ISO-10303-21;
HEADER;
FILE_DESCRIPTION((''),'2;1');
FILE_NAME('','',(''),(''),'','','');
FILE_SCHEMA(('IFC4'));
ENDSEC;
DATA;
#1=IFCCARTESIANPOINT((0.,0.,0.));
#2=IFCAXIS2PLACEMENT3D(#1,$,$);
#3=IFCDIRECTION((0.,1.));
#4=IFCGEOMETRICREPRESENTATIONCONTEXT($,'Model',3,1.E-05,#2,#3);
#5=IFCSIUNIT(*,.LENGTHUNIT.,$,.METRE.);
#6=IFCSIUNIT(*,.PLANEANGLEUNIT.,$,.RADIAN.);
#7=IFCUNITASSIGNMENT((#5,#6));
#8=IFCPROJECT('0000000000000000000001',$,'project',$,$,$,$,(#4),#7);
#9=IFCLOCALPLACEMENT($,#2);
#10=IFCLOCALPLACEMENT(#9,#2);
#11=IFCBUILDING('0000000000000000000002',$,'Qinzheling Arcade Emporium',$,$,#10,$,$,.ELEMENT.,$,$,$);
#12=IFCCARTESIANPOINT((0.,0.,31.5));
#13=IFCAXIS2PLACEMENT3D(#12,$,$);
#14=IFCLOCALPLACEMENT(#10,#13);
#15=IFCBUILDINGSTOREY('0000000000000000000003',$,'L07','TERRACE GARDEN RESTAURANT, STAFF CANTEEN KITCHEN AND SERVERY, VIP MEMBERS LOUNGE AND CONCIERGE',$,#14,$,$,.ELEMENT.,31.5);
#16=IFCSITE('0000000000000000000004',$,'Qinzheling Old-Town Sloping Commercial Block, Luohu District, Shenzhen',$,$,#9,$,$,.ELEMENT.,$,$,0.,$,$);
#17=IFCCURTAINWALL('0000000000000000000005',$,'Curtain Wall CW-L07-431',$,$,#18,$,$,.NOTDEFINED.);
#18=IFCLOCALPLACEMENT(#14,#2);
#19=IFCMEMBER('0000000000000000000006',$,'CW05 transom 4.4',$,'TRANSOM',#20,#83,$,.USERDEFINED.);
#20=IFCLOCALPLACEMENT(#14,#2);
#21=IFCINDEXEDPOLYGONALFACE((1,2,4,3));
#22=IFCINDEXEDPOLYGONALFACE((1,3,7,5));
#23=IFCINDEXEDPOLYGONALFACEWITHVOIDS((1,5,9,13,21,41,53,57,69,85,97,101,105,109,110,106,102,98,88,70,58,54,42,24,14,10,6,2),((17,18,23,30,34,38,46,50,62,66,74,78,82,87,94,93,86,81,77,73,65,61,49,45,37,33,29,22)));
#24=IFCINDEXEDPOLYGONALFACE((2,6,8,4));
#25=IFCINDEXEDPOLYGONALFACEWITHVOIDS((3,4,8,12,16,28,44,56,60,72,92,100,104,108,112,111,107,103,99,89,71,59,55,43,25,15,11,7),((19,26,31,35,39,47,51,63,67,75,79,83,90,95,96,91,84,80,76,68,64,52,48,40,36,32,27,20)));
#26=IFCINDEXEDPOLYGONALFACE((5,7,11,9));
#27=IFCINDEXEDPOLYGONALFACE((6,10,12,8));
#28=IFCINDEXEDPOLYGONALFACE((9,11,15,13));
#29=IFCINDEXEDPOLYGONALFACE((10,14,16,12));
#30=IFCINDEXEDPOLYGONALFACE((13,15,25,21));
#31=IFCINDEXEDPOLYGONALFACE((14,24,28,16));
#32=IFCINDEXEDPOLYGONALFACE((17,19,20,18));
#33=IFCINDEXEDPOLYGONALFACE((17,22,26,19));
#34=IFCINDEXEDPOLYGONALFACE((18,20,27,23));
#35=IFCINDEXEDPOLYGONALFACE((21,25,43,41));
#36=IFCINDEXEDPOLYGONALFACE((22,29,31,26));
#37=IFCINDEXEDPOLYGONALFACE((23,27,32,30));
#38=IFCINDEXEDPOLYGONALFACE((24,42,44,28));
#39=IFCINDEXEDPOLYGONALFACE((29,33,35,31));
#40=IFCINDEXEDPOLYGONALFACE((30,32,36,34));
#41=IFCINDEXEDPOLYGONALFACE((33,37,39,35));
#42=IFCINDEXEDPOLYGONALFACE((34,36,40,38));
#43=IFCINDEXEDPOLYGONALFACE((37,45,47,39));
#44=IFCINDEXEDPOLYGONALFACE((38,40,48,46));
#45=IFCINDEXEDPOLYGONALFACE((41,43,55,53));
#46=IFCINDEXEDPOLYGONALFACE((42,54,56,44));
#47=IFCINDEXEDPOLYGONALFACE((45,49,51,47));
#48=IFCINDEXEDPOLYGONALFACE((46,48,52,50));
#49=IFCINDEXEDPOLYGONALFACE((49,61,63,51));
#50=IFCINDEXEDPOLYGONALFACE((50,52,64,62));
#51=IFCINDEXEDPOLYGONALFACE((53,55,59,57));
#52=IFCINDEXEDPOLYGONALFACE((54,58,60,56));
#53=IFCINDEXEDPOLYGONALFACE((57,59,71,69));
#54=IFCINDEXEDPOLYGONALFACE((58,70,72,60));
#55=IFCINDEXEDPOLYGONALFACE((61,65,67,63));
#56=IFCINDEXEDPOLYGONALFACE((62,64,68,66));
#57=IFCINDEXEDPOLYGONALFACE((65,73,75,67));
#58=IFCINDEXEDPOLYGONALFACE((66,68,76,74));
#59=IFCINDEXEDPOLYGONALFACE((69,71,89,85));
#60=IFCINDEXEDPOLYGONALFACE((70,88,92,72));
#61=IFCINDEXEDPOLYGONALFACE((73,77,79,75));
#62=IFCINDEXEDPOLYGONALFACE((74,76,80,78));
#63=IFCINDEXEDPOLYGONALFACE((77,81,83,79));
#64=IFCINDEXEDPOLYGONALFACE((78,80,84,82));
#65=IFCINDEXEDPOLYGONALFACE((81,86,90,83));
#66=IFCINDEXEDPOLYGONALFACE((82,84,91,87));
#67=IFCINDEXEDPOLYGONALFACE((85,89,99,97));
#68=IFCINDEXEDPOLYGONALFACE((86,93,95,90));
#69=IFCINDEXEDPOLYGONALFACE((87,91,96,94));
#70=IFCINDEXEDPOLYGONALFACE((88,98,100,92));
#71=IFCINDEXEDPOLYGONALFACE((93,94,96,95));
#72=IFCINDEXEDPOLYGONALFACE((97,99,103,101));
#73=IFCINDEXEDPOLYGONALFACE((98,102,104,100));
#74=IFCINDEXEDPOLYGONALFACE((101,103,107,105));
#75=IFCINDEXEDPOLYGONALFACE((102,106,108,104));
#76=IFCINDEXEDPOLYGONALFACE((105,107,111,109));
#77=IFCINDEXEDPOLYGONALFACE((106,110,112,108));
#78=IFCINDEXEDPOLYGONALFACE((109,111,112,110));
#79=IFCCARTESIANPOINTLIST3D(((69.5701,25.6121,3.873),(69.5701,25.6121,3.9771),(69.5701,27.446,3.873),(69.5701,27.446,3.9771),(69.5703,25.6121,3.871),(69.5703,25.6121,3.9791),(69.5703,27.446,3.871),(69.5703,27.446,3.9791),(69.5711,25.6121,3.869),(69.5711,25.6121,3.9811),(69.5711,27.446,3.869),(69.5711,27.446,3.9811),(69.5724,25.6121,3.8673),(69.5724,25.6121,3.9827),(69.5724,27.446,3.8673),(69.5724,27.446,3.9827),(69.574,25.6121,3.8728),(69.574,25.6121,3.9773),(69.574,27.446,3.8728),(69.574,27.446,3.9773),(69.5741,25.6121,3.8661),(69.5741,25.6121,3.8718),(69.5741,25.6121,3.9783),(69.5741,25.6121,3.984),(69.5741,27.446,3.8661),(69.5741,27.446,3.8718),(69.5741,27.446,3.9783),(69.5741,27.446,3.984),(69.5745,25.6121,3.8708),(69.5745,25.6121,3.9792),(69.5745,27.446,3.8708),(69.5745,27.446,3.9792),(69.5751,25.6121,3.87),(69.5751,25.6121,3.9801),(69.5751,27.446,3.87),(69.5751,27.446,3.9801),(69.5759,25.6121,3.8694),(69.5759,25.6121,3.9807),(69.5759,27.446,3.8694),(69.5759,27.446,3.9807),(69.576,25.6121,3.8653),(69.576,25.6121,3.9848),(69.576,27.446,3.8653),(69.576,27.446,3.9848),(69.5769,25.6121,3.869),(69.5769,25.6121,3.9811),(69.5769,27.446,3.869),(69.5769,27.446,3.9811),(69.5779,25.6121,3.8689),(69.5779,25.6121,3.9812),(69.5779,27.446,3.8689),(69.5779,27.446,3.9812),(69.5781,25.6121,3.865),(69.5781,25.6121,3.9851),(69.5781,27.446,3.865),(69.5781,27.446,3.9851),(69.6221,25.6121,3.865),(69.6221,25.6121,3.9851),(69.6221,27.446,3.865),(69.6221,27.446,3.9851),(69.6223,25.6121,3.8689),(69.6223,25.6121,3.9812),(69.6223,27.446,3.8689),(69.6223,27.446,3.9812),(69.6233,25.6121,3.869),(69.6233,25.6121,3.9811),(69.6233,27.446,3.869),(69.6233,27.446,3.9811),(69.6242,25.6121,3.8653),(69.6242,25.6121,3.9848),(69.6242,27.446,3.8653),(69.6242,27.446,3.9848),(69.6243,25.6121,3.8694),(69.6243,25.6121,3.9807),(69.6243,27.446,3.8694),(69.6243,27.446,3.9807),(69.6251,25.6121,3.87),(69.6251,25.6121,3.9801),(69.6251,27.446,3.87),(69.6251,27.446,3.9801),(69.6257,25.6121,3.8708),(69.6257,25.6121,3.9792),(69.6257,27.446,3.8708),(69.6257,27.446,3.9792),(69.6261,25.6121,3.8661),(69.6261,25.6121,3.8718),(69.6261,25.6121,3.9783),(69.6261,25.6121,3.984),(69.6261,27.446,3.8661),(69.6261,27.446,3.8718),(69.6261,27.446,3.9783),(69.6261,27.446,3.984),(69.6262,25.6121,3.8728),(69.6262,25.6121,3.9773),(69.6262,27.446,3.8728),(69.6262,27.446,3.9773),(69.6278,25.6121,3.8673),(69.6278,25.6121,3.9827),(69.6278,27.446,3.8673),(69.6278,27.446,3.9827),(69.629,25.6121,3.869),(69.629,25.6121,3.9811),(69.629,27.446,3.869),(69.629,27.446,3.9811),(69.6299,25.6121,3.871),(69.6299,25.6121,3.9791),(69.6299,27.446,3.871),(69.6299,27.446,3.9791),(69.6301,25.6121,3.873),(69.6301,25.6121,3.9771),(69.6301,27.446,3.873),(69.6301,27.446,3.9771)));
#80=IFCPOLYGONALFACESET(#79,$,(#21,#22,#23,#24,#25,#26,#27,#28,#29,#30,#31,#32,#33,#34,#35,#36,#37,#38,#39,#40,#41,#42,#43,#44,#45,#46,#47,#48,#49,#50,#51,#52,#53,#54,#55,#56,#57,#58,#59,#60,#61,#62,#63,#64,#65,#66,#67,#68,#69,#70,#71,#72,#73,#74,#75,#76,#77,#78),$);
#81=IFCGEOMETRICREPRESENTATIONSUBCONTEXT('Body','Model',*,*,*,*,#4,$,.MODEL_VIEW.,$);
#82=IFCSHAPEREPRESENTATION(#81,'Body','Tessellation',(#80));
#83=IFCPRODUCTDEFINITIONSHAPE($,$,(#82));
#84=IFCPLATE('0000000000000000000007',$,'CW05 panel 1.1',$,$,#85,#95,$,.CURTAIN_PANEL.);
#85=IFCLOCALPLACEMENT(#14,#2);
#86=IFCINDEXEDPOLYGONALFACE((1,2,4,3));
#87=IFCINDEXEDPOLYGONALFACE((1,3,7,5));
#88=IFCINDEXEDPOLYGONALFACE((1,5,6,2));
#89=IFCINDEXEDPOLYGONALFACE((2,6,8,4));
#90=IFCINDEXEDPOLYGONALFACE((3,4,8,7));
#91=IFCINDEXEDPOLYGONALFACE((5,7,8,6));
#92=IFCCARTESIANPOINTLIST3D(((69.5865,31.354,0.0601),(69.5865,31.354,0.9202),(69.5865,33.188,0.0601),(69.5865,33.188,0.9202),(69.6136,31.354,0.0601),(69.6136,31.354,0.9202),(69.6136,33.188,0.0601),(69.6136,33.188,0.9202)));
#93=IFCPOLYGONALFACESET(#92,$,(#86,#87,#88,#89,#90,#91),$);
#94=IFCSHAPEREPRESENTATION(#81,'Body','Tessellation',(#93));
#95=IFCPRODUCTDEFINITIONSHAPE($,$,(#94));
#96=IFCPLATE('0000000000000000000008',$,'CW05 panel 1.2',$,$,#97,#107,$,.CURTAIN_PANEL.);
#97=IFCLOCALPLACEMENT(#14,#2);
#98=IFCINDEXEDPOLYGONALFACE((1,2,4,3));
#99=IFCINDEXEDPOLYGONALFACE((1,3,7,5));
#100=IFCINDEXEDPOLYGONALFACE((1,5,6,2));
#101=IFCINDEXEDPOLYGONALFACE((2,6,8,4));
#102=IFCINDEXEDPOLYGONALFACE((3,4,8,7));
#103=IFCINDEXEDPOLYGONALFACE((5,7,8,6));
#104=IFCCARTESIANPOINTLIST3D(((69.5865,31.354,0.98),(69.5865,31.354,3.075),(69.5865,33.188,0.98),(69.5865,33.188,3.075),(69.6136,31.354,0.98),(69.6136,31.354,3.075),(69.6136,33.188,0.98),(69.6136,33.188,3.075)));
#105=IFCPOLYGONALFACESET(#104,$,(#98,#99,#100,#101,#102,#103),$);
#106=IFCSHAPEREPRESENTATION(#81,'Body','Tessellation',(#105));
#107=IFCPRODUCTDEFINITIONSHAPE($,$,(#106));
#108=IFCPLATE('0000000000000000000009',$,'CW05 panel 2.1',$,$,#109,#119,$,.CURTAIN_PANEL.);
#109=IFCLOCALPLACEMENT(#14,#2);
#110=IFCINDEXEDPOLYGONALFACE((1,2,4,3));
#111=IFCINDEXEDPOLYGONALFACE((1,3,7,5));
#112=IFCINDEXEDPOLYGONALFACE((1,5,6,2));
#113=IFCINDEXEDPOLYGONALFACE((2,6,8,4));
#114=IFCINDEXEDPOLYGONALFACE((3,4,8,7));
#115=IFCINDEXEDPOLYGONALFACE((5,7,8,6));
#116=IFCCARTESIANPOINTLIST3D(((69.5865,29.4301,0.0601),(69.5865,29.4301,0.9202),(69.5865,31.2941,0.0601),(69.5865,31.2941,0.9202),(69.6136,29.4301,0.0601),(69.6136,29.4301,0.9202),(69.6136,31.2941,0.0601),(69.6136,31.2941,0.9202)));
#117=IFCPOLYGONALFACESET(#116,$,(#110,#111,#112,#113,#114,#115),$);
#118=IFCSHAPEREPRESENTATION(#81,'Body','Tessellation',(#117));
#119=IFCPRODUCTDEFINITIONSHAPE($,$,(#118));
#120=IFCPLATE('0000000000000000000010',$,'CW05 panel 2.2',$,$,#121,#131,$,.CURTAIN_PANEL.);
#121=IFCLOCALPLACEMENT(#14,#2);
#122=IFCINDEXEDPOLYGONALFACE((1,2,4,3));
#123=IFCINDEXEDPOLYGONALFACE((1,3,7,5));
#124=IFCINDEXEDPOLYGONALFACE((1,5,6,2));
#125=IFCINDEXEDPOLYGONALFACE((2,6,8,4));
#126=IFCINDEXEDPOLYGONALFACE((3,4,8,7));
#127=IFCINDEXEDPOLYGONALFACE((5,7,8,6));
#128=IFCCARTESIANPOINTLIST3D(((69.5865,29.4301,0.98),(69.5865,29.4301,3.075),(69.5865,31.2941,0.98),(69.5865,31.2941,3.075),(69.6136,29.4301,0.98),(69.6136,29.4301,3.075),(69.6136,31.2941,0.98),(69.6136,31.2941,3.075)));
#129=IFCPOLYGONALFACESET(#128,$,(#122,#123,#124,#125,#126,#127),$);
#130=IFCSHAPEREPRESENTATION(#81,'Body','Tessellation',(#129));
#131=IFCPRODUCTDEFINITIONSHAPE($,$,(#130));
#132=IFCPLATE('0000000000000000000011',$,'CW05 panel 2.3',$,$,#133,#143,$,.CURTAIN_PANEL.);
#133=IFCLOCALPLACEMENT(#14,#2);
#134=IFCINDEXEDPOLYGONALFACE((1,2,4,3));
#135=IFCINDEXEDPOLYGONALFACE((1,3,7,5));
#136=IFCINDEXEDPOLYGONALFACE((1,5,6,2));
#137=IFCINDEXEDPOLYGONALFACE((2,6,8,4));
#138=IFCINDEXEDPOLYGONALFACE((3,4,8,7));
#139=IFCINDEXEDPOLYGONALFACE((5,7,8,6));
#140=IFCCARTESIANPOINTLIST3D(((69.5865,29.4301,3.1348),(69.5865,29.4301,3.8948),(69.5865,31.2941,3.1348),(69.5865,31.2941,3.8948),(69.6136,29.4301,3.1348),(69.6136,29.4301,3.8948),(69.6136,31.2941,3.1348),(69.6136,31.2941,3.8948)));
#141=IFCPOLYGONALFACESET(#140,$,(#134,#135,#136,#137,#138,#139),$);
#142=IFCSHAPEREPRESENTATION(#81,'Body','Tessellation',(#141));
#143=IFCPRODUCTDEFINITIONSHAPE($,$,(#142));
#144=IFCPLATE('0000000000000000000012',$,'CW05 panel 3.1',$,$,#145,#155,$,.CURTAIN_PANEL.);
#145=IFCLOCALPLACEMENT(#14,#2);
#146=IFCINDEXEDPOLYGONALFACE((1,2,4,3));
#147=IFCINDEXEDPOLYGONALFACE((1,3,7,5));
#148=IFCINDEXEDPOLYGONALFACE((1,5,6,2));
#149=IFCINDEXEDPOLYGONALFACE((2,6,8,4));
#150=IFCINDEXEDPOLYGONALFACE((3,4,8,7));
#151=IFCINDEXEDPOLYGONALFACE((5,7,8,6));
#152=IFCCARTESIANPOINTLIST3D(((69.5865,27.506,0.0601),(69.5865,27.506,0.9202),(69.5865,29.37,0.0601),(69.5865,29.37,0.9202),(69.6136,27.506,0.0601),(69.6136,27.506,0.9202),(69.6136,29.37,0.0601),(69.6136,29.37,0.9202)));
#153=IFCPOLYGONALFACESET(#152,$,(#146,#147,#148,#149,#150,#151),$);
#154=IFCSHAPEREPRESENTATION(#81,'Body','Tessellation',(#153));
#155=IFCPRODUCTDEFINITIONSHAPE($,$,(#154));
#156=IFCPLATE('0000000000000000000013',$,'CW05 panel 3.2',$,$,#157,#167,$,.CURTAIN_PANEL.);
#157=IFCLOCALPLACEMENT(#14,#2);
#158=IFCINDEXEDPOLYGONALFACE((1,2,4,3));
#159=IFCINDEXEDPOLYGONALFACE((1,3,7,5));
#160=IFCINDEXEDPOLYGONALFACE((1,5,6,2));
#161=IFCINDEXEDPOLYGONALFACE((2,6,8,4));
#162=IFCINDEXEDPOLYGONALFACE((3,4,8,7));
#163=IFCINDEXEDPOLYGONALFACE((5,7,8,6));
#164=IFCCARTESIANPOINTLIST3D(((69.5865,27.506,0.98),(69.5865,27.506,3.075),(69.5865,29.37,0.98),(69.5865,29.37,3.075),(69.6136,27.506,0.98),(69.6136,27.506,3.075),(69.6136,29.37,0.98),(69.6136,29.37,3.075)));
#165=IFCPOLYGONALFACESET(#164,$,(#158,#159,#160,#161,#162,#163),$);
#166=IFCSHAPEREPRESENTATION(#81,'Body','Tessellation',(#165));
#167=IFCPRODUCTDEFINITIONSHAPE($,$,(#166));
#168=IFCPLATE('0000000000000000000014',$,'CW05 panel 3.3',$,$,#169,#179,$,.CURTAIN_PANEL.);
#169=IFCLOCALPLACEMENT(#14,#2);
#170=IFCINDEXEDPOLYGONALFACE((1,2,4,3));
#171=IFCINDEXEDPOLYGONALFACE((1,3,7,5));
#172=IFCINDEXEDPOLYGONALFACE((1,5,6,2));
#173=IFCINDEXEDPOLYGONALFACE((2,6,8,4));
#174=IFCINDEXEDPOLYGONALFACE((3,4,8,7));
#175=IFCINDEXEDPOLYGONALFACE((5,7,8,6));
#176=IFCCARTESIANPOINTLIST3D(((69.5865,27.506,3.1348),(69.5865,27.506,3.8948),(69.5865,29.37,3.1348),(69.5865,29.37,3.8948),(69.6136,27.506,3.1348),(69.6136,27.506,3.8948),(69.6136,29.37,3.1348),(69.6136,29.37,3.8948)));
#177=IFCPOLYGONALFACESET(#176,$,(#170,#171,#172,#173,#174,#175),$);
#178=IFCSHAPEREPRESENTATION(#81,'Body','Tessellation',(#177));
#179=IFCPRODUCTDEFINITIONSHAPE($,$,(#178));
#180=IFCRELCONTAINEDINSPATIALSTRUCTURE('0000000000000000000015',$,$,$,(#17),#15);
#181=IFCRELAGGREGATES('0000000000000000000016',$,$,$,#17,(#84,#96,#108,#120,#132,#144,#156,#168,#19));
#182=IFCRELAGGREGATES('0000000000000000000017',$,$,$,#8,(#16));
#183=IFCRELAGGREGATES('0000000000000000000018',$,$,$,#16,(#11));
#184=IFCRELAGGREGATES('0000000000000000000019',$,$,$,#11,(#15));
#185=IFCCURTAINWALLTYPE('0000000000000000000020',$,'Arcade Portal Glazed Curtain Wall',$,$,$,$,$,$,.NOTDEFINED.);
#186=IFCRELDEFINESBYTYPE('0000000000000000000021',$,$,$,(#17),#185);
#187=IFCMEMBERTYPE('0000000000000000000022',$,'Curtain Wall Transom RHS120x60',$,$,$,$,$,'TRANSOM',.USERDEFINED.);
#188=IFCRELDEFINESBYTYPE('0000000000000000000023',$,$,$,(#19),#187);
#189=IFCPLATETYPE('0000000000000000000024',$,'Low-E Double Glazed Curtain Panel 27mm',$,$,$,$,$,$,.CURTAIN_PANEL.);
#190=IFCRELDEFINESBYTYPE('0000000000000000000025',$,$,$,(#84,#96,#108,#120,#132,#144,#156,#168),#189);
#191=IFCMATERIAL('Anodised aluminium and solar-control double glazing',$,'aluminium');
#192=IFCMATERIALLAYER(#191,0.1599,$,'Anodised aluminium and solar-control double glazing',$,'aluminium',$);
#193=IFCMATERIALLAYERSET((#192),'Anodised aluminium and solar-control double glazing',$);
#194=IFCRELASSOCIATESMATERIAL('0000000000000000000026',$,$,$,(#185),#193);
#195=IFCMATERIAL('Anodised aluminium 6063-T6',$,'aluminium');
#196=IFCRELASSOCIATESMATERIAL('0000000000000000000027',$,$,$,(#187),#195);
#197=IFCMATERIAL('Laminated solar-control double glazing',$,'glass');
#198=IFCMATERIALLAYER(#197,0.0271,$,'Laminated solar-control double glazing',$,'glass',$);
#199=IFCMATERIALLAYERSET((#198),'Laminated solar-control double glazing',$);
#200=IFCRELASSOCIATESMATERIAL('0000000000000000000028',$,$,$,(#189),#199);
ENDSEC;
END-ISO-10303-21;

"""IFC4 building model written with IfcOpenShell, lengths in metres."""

from ifc_helpers import new_model, si_unit, direction, frame, origin, origin_2d, place, context, subcontext, project, spatial, rectangle, hollow_rectangle, extrude, material, layer, layer_set, material_profile, profile_set, type_object, element, aggregate, save


model = new_model("IFC4")

# Units and contexts
model_context = context("Model", 3, precision=1e-05, world=origin(), true_north=direction((0.0, 1.0)))
body_context = subcontext(model_context, "Body", "Model", "MODEL_VIEW")
ifc_project = project(units=[si_unit("LENGTHUNIT", "METRE"), si_unit("PLANEANGLEUNIT", "RADIAN")], contexts=[model_context])

# Site, building, storey
site_placement = place(None, origin())
site = spatial("IfcSite", under=ifc_project, at=site_placement, Name="Qinzheling Old-Town Sloping Commercial Block, Luohu District, Shenzhen", CompositionType="ELEMENT", RefElevation=0.0)
building_placement = place(site_placement, origin())
building = spatial("IfcBuilding", under=site, at=building_placement, Name="Qinzheling Arcade Emporium", CompositionType="ELEMENT")
storey_placement = place(building_placement, frame((0.0, 0.0, 31.5)))
storey = spatial("IfcBuildingStorey", under=building, at=storey_placement, Name="L07", Description="TERRACE GARDEN RESTAURANT, STAFF CANTEEN KITCHEN AND SERVERY, VIP MEMBERS LOUNGE AND CONCIERGE", CompositionType="ELEMENT", Elevation=31.5)

# Curtain wall, member, plates
ifc_material_1 = material(Name="Anodised aluminium and solar-control double glazing", Category="aluminium")
ifc_layer_1 = layer(ifc_material_1, 0.1599, Name="Anodised aluminium and solar-control double glazing", Category="aluminium")
ifc_layer_set_1 = layer_set([ifc_layer_1], Name="Anodised aluminium and solar-control double glazing")
curtain_wall_type = type_object("IfcCurtainWallType", Name="Arcade Portal Glazed Curtain Wall", PredefinedType="NOTDEFINED", material=ifc_layer_set_1)
curtain_wall_placement = place(storey_placement, origin())
curtain_wall = element("IfcCurtainWall", 1, at=curtain_wall_placement, inside=storey, type_object=curtain_wall_type, Name="Curtain Wall CW-L07-431", PredefinedType="NOTDEFINED")
ifc_material_2 = material(Name="Anodised aluminium 6063-T6", Category="aluminium")
ifc_material_profile_1 = material_profile(ifc_material_2, hollow_rectangle(XDim=0.0601, YDim=0.1201, WallThickness=0.0039, InnerFilletRadius=0.0039, OuterFilletRadius=0.0081, at=origin_2d()), Name="RHS 120x60x4", Category="aluminium")
ifc_profile_set_1 = profile_set([ifc_material_profile_1], Name="Anodised aluminium 6063-T6")
member_type_1 = type_object("IfcMemberType", Name="Curtain Wall Transom RHS120x60", ElementType="TRANSOM", PredefinedType="USERDEFINED", material=ifc_profile_set_1)
member_1_placement = place(storey_placement, frame((69.6001, 27.446, 3.925), z_axis=(0.0, -1.0, 0.0), x_axis=(1.0, 0.0, 0.0)))
member_1 = element("IfcMember", 2, at=member_1_placement, type_object=member_type_1, Name="CW05 transom 4.4", ObjectType="TRANSOM", PredefinedType="USERDEFINED", context=body_context, shape_type="SweptSolid", body=[
    extrude(hollow_rectangle(XDim=0.0601, YDim=0.1201, WallThickness=0.0039, InnerFilletRadius=0.0039, OuterFilletRadius=0.0081, at=origin_2d()), origin(), (0.0, 0.0, 1.0), 1.834),
])
ifc_material_3 = material(Name="Laminated solar-control double glazing", Category="glass")
ifc_layer_2 = layer(ifc_material_3, 0.0271, Name="Laminated solar-control double glazing", Category="glass")
ifc_layer_set_2 = layer_set([ifc_layer_2], Name="Laminated solar-control double glazing")
plate_type = type_object("IfcPlateType", Name="Low-E Double Glazed Curtain Panel 27mm", PredefinedType="CURTAIN_PANEL", material=ifc_layer_set_2)
plate_1_placement = place(storey_placement, frame((69.6001, 32.271, 0.0601), z_axis=(0.0, 0.0, 1.0), x_axis=(0.0, -1.0, 0.0)))
plate_1 = element("IfcPlate", 3, at=plate_1_placement, type_object=plate_type, Name="CW05 panel 1.1", PredefinedType="CURTAIN_PANEL", context=body_context, shape_type="SweptSolid", body=[
    extrude(rectangle(XDim=1.834, YDim=0.0271, at=origin_2d()), origin(), (0.0, 0.0, 1.0), 0.8601),
])
plate_2_placement = place(storey_placement, frame((69.6001, 32.271, 0.98), z_axis=(0.0, 0.0, 1.0), x_axis=(0.0, -1.0, 0.0)))
plate_2 = element("IfcPlate", 4, at=plate_2_placement, type_object=plate_type, Name="CW05 panel 1.2", PredefinedType="CURTAIN_PANEL", context=body_context, shape_type="SweptSolid", body=[
    extrude(rectangle(XDim=1.834, YDim=0.0271, at=origin_2d()), origin(), (0.0, 0.0, 1.0), 2.095),
])
plate_3_placement = place(storey_placement, frame((69.6001, 30.3621, 0.0601), z_axis=(0.0, 0.0, 1.0), x_axis=(0.0, -1.0, 0.0)))
plate_3 = element("IfcPlate", 5, at=plate_3_placement, type_object=plate_type, Name="CW05 panel 2.1", PredefinedType="CURTAIN_PANEL", context=body_context, shape_type="SweptSolid", body=[
    extrude(rectangle(XDim=1.864, YDim=0.0271, at=origin_2d()), origin(), (0.0, 0.0, 1.0), 0.8601),
])
plate_4_placement = place(storey_placement, frame((69.6001, 30.3621, 0.98), z_axis=(0.0, 0.0, 1.0), x_axis=(0.0, -1.0, 0.0)))
plate_4 = element("IfcPlate", 6, at=plate_4_placement, type_object=plate_type, Name="CW05 panel 2.2", PredefinedType="CURTAIN_PANEL", context=body_context, shape_type="SweptSolid", body=[
    extrude(rectangle(XDim=1.864, YDim=0.0271, at=origin_2d()), origin(), (0.0, 0.0, 1.0), 2.095),
])
plate_5_placement = place(storey_placement, frame((69.6001, 30.3621, 3.1348), z_axis=(0.0, 0.0, 1.0), x_axis=(0.0, -1.0, 0.0)))
plate_5 = element("IfcPlate", 7, at=plate_5_placement, type_object=plate_type, Name="CW05 panel 2.3", PredefinedType="CURTAIN_PANEL", context=body_context, shape_type="SweptSolid", body=[
    extrude(rectangle(XDim=1.864, YDim=0.0271, at=origin_2d()), origin(), (0.0, 0.0, 1.0), 0.76),
])
plate_6_placement = place(storey_placement, frame((69.6001, 28.438, 0.0601), z_axis=(0.0, 0.0, 1.0), x_axis=(0.0, -1.0, 0.0)))
plate_6 = element("IfcPlate", 8, at=plate_6_placement, type_object=plate_type, Name="CW05 panel 3.1", PredefinedType="CURTAIN_PANEL", context=body_context, shape_type="SweptSolid", body=[
    extrude(rectangle(XDim=1.864, YDim=0.0271, at=origin_2d()), origin(), (0.0, 0.0, 1.0), 0.8601),
])
plate_7_placement = place(storey_placement, frame((69.6001, 28.438, 0.98), z_axis=(0.0, 0.0, 1.0), x_axis=(0.0, -1.0, 0.0)))
plate_7 = element("IfcPlate", 9, at=plate_7_placement, type_object=plate_type, Name="CW05 panel 3.2", PredefinedType="CURTAIN_PANEL", context=body_context, shape_type="SweptSolid", body=[
    extrude(rectangle(XDim=1.864, YDim=0.0271, at=origin_2d()), origin(), (0.0, 0.0, 1.0), 2.095),
])
plate_8_placement = place(storey_placement, frame((69.6001, 28.438, 3.1348), z_axis=(0.0, 0.0, 1.0), x_axis=(0.0, -1.0, 0.0)))
plate_8 = element("IfcPlate", 10, at=plate_8_placement, type_object=plate_type, Name="CW05 panel 3.3", PredefinedType="CURTAIN_PANEL", context=body_context, shape_type="SweptSolid", body=[
    extrude(rectangle(XDim=1.864, YDim=0.0271, at=origin_2d()), origin(), (0.0, 0.0, 1.0), 0.76),
])
aggregate(curtain_wall, [plate_1, plate_2, plate_3, plate_4, plate_5, plate_6, plate_7, plate_8, member_1])

save(model, "model.ifc")
